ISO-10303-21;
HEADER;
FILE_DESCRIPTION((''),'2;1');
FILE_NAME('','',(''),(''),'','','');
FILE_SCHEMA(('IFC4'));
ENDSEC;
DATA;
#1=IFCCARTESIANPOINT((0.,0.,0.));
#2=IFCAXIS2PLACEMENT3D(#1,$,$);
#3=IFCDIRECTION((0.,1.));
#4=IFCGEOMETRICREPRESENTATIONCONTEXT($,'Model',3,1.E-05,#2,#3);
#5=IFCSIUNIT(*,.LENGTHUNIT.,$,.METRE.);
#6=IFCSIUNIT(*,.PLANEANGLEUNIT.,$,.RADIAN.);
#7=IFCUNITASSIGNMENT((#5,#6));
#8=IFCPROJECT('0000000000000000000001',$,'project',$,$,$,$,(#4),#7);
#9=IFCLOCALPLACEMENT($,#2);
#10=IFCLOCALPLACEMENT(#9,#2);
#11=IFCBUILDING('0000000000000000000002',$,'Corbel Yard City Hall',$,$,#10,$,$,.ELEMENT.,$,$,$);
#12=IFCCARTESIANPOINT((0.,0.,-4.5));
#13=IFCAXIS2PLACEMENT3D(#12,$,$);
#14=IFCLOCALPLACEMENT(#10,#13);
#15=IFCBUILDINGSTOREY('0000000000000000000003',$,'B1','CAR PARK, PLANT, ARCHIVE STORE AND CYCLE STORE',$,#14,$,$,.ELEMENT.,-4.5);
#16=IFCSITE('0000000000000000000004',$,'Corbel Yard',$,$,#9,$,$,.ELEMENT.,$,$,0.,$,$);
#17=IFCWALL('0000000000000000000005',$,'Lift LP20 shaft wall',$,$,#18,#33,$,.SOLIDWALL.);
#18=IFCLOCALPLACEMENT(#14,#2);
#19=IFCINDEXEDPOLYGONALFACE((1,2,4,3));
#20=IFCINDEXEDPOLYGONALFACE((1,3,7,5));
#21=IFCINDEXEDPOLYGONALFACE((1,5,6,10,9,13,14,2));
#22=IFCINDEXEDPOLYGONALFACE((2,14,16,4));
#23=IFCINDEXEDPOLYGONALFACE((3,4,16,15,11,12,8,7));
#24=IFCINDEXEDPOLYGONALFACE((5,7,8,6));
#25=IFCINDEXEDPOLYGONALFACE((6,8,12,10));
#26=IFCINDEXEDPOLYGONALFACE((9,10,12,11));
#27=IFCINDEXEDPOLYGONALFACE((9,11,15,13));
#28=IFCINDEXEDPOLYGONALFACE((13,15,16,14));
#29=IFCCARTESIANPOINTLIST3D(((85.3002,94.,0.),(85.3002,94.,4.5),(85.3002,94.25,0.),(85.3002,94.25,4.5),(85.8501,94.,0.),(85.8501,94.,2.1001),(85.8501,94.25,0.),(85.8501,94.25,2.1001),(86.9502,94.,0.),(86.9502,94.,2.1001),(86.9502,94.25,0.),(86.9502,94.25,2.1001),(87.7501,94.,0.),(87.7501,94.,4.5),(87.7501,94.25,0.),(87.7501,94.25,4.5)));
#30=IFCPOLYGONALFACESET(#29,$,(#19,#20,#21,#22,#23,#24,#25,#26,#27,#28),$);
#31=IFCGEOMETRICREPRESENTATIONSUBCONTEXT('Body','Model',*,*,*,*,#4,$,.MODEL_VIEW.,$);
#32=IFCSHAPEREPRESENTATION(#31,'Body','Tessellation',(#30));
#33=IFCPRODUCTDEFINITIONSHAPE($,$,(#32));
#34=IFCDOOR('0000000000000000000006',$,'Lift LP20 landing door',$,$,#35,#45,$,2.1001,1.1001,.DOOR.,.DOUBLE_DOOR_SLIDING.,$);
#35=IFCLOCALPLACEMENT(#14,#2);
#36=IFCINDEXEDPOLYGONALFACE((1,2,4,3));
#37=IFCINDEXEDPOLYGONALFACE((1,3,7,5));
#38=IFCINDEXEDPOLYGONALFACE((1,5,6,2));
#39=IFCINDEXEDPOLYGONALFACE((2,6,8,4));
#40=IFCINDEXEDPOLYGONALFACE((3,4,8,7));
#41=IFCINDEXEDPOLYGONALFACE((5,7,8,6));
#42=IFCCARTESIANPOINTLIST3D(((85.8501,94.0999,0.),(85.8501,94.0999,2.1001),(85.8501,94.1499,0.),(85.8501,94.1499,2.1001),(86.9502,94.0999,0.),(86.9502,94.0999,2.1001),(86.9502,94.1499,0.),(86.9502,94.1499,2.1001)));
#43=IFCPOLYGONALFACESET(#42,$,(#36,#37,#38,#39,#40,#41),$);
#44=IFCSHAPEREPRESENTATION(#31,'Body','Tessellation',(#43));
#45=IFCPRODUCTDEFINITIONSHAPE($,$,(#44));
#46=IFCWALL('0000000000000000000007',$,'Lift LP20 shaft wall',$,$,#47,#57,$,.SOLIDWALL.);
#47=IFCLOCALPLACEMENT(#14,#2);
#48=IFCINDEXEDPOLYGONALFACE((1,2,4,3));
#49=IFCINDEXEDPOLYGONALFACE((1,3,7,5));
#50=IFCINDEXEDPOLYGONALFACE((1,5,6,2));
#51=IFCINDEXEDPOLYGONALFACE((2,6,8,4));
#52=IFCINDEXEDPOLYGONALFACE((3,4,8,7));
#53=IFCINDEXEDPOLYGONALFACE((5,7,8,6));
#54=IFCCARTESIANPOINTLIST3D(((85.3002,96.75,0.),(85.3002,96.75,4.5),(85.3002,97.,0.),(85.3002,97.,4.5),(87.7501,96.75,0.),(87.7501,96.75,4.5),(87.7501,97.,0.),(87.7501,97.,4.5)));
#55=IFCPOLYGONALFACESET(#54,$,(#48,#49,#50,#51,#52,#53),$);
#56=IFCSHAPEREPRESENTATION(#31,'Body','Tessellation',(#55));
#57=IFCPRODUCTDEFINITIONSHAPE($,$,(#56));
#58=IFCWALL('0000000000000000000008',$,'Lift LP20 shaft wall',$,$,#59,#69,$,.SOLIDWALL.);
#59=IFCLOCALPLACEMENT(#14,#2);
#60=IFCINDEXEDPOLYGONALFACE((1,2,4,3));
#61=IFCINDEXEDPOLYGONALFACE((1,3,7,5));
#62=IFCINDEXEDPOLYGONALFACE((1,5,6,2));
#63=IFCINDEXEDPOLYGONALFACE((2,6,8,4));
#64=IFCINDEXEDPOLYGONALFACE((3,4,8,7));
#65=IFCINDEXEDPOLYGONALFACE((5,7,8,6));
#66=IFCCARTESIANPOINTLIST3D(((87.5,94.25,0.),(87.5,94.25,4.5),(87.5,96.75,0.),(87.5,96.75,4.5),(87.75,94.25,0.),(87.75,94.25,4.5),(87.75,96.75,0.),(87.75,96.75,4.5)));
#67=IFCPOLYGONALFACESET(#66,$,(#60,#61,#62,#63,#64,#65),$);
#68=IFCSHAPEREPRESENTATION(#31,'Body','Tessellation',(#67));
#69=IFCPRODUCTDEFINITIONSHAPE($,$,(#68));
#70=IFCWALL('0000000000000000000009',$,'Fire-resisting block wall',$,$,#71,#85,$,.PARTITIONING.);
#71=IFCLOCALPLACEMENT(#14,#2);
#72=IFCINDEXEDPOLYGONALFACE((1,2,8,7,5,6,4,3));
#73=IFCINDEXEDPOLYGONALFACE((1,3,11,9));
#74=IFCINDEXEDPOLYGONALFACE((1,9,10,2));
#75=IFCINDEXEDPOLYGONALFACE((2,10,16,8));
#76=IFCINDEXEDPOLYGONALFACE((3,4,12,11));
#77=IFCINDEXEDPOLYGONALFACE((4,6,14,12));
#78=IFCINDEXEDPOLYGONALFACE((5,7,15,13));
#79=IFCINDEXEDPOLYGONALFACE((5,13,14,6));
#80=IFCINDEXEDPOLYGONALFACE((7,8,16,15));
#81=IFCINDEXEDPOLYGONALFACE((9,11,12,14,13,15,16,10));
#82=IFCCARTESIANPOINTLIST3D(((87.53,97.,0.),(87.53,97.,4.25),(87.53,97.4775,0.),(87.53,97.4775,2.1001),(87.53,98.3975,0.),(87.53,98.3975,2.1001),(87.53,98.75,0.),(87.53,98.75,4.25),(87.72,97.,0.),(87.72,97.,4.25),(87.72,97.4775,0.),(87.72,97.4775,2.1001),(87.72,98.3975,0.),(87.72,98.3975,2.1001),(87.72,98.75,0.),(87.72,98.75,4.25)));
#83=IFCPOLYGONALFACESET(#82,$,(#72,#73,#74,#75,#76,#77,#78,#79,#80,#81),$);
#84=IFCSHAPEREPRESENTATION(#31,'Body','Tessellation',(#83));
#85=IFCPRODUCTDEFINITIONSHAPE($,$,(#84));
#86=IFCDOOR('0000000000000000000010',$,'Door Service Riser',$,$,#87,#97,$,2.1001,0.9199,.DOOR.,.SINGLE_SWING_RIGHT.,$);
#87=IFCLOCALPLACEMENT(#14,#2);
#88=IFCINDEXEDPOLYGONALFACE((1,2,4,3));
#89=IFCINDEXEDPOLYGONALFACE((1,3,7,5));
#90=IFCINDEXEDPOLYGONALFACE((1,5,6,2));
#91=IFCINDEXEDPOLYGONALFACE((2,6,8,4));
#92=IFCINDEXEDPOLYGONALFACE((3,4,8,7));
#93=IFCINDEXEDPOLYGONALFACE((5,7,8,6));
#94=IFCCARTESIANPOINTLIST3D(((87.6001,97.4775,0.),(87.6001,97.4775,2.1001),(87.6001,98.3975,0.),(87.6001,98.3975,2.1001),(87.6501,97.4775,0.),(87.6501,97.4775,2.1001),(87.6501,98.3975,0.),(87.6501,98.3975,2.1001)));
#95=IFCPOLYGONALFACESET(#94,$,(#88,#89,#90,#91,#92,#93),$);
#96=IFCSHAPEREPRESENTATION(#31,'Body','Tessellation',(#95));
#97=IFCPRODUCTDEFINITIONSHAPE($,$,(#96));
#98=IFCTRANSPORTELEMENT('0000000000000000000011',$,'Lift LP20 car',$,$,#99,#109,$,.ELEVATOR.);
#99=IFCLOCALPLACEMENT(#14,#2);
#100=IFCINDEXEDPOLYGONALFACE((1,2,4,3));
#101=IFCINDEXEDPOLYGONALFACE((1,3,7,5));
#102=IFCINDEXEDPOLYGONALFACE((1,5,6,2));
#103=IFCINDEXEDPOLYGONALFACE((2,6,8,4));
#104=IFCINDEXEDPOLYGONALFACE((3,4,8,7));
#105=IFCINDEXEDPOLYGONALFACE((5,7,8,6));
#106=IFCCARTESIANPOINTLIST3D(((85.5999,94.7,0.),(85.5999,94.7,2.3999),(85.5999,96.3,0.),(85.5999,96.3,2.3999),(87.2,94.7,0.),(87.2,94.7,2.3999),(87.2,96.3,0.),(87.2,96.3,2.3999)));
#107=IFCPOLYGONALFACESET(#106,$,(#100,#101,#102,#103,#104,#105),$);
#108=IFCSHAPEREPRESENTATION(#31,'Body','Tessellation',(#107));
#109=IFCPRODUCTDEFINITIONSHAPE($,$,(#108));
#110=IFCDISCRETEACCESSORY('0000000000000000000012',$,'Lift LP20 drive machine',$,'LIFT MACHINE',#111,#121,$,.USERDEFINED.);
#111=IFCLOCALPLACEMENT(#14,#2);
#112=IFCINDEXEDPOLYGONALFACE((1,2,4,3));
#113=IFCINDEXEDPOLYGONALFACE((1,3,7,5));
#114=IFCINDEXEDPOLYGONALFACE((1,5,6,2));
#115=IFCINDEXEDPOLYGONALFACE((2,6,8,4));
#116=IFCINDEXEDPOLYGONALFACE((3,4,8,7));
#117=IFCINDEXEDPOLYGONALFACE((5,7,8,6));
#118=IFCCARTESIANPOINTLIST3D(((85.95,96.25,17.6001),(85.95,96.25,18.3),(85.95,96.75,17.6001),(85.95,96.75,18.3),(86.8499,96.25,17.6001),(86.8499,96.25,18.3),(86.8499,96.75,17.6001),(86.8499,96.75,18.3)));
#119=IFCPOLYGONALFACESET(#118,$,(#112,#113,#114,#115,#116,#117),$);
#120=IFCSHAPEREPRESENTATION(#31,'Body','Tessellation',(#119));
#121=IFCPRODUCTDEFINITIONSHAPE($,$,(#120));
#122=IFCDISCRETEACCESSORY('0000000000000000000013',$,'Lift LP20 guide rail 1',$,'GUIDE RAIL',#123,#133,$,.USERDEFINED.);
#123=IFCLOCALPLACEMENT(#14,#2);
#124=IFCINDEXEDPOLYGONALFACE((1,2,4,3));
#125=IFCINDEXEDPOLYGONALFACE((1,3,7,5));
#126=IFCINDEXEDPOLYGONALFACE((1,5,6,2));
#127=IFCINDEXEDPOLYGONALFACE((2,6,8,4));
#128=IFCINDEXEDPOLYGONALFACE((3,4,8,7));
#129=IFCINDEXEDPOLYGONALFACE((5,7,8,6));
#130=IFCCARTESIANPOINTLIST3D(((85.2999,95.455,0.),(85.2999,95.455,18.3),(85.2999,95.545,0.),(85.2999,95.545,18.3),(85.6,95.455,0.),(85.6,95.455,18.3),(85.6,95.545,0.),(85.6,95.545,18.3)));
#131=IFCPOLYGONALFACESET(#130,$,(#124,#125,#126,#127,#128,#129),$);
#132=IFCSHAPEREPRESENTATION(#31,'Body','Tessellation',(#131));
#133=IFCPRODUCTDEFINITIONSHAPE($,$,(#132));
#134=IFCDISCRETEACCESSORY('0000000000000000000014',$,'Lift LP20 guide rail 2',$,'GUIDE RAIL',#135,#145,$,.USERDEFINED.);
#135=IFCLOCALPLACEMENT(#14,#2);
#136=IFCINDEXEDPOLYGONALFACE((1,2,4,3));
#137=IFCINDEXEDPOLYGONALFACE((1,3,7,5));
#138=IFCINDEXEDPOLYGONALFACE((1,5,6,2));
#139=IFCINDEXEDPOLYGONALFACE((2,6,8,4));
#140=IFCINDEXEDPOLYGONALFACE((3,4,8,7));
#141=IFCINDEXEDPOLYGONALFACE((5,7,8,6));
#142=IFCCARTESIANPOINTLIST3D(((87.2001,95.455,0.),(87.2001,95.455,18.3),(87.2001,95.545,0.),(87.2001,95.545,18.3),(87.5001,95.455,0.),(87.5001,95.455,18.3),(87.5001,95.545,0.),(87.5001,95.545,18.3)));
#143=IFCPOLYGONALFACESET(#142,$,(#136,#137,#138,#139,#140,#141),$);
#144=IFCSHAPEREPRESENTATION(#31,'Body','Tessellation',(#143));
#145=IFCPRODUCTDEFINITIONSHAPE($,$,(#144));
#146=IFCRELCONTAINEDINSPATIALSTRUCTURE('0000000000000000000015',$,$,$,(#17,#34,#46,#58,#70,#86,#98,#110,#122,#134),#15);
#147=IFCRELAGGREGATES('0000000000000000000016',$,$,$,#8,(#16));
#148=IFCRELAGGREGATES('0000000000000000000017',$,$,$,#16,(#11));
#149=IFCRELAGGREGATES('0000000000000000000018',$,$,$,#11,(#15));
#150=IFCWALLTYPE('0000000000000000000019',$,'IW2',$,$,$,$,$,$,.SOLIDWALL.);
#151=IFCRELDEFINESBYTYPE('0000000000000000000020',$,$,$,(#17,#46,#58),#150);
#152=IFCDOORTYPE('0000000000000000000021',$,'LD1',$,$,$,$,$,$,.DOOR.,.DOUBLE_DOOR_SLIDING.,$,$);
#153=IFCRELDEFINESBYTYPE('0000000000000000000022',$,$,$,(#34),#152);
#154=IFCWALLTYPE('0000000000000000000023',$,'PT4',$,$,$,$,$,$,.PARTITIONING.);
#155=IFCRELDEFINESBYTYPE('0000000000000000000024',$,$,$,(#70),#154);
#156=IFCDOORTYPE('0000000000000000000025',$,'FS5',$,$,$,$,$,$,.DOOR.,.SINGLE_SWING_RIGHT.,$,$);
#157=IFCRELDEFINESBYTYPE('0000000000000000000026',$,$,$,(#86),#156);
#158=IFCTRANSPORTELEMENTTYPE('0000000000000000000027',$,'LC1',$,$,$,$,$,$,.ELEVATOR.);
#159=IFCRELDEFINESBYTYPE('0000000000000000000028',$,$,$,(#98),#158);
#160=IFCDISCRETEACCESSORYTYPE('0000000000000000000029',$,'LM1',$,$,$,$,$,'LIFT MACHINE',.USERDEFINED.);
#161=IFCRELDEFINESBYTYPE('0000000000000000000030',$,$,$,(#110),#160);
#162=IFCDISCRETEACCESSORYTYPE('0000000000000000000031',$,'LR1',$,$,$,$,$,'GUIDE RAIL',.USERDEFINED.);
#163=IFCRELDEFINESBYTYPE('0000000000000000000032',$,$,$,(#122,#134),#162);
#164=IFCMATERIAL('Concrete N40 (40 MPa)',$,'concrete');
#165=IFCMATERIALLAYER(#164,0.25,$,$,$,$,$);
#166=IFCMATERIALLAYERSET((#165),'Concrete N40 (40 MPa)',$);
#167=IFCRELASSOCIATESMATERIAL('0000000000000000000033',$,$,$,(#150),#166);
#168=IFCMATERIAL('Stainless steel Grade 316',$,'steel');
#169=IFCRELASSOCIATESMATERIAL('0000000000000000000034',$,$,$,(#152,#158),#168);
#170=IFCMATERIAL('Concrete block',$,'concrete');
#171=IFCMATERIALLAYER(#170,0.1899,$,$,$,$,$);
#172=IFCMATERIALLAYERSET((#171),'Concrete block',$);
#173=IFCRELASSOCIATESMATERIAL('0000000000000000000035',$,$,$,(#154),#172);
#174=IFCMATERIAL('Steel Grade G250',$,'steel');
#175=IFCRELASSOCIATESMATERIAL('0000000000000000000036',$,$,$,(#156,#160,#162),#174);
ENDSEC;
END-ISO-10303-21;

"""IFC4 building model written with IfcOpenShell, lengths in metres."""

from ifc_helpers import new_model, si_unit, direction, frame, frame_2d, origin, origin_2d, place, context, subcontext, project, spatial, rectangle, extrude, material, layer, layer_set, type_object, element, fill, save


model = new_model("IFC4")

# Units and contexts
model_context = context("Model", 3, precision=1e-05, world=origin(), true_north=direction((0.0, 1.0)))
body_context = subcontext(model_context, "Body", "Model", "MODEL_VIEW")
ifc_project = project(units=[si_unit("LENGTHUNIT", "METRE"), si_unit("PLANEANGLEUNIT", "RADIAN")], contexts=[model_context])

# Site, building, storey
site_placement = place(None, origin())
site = spatial("IfcSite", under=ifc_project, at=site_placement, Name="Corbel Yard", CompositionType="ELEMENT", RefElevation=0.0)
building_placement = place(site_placement, origin())
building = spatial("IfcBuilding", under=site, at=building_placement, Name="Corbel Yard City Hall", CompositionType="ELEMENT")
storey_placement = place(building_placement, frame((0.0, 0.0, -4.5)))
storey = spatial("IfcBuildingStorey", under=building, at=storey_placement, Name="B1", Description="CAR PARK, PLANT, ARCHIVE STORE AND CYCLE STORE", CompositionType="ELEMENT", Elevation=-4.5)

# Shared definitions
ifc_material_1 = material(Name="Concrete N40 (40 MPa)", Category="concrete")

# Wall, opening, door
ifc_layer_1 = layer(ifc_material_1, 0.25)
ifc_layer_set_1 = layer_set([ifc_layer_1], Name="Concrete N40 (40 MPa)")
wall_type_1 = type_object("IfcWallType", Name="IW2", PredefinedType="SOLIDWALL", material=ifc_layer_set_1)
ifc_material_2 = material(Name="Steel Grade G250", Category="steel")
wall_1_placement = place(storey_placement, frame((85.3, 94.125, 0.0), z_axis=(0.0, 0.0, 1.0), x_axis=(1.0, 0.0, 0.0)))
wall_1 = element("IfcWall", 1, at=wall_1_placement, inside=storey, type_object=wall_type_1, Name="Lift LP20 shaft wall", PredefinedType="SOLIDWALL", context=body_context, shape_type="SweptSolid", body=[
    extrude(rectangle(XDim=2.45, YDim=0.25, at=frame_2d((1.2251, 0.0))), origin(), (0.0, 0.0, 1.0), 4.5),
])
opening_1_placement = place(wall_1_placement, frame((0.55, 0.0, 0.0)))
opening_1 = element("IfcOpeningElement", 2, at=opening_1_placement, cuts=wall_1, PredefinedType="OPENING", context=body_context, shape_type="SweptSolid", body=[
    extrude(rectangle(XDim=1.1001, YDim=2.1001, at=frame_2d((0.55, 1.05))), frame((0.0, 0.135, 0.0), z_axis=(0.0, -1.0, 0.0), x_axis=(1.0, 0.0, 0.0)), (0.0, 0.0, 1.0), 0.27),
])
ifc_material_3 = material(Name="Stainless steel Grade 316", Category="steel")
door_type_1 = type_object("IfcDoorType", Name="LD1", OperationType="DOUBLE_DOOR_SLIDING", PredefinedType="DOOR", material=ifc_material_3)
door_1_placement = place(opening_1_placement, origin())
door_1 = element("IfcDoor", 3, at=door_1_placement, inside=storey, type_object=door_type_1, Name="Lift LP20 landing door", OperationType="DOUBLE_DOOR_SLIDING", OverallHeight=2.1001, OverallWidth=1.1001, PredefinedType="DOOR", context=body_context, shape_type="SweptSolid", body=[
    extrude(rectangle(XDim=1.1001, YDim=2.1001, at=frame_2d((0.55, 1.05))), frame((0.0, 0.0249, 0.0), z_axis=(0.0, -1.0, 0.0), x_axis=(1.0, 0.0, 0.0)), (0.0, 0.0, 1.0), 0.05),
])
fill(opening_1, door_1)

# Walls
wall_2_placement = place(storey_placement, frame((85.3, 96.875, 0.0), z_axis=(0.0, 0.0, 1.0), x_axis=(1.0, 0.0, 0.0)))
element("IfcWall", 4, at=wall_2_placement, inside=storey, type_object=wall_type_1, Name="Lift LP20 shaft wall", PredefinedType="SOLIDWALL", context=body_context, shape_type="SweptSolid", body=[
    extrude(rectangle(XDim=2.45, YDim=0.25, at=frame_2d((1.2251, 0.0))), origin(), (0.0, 0.0, 1.0), 4.5),
])
wall_3_placement = place(storey_placement, frame((87.625, 94.25, 0.0), z_axis=(0.0, 0.0, 1.0), x_axis=(0.0, 1.0, 0.0)))
element("IfcWall", 5, at=wall_3_placement, inside=storey, type_object=wall_type_1, Name="Lift LP20 shaft wall", PredefinedType="SOLIDWALL", context=body_context, shape_type="SweptSolid", body=[
    extrude(rectangle(XDim=2.5, YDim=0.25, at=frame_2d((1.25, 0.0))), origin(), (0.0, 0.0, 1.0), 4.5),
])

# Wall, opening, door
ifc_material_4 = material(Name="Concrete block", Category="concrete")
ifc_layer_2 = layer(ifc_material_4, 0.1899)
ifc_layer_set_2 = layer_set([ifc_layer_2], Name="Concrete block")
wall_type_2 = type_object("IfcWallType", Name="PT4", PredefinedType="PARTITIONING", material=ifc_layer_set_2)
wall_4_placement = place(storey_placement, frame((87.625, 97.0, 0.0), z_axis=(0.0, 0.0, 1.0), x_axis=(0.0, 1.0, 0.0)))
wall_4 = element("IfcWall", 6, at=wall_4_placement, inside=storey, type_object=wall_type_2, Name="Fire-resisting block wall", PredefinedType="PARTITIONING", context=body_context, shape_type="SweptSolid", body=[
    extrude(rectangle(XDim=1.75, YDim=0.1899, at=frame_2d((0.875, 0.0))), origin(), (0.0, 0.0, 1.0), 4.25),
])
opening_2_placement = place(wall_4_placement, frame((0.4775, 0.0, 0.0)))
opening_2 = element("IfcOpeningElement", 7, at=opening_2_placement, cuts=wall_4, PredefinedType="OPENING", context=body_context, shape_type="SweptSolid", body=[
    extrude(rectangle(XDim=0.9199, YDim=2.1001, at=frame_2d((0.46, 1.05))), frame((0.0, 0.105, 0.0), z_axis=(0.0, -1.0, 0.0), x_axis=(1.0, 0.0, 0.0)), (0.0, 0.0, 1.0), 0.21),
])
door_type_2 = type_object("IfcDoorType", Name="FS5", OperationType="SINGLE_SWING_RIGHT", PredefinedType="DOOR", material=ifc_material_2)
door_2_placement = place(opening_2_placement, origin())
door_2 = element("IfcDoor", 8, at=door_2_placement, inside=storey, type_object=door_type_2, Name="Door Service Riser", OperationType="SINGLE_SWING_RIGHT", OverallHeight=2.1001, OverallWidth=0.9199, PredefinedType="DOOR", context=body_context, shape_type="SweptSolid", body=[
    extrude(rectangle(XDim=0.9199, YDim=2.1001, at=frame_2d((0.46, 1.05))), frame((0.0, 0.0249, 0.0), z_axis=(0.0, -1.0, 0.0), x_axis=(1.0, 0.0, 0.0)), (0.0, 0.0, 1.0), 0.05),
])
fill(opening_2, door_2)

# Transport element
transport_element_type = type_object("IfcTransportElementType", Name="LC1", PredefinedType="ELEVATOR", material=ifc_material_3)
transport_element_placement = place(storey_placement, frame((86.3999, 95.5, 0.0), z_axis=(0.0, 0.0, 1.0), x_axis=(1.0, 0.0, 0.0)))
element("IfcTransportElement", 9, at=transport_element_placement, inside=storey, type_object=transport_element_type, Name="Lift LP20 car", PredefinedType="ELEVATOR", context=body_context, shape_type="SweptSolid", body=[
    extrude(rectangle(XDim=1.6001, YDim=1.6001, at=origin_2d()), origin(), (0.0, 0.0, 1.0), 2.3999),
])

# Discrete accessories
discrete_accessory_type_1 = type_object("IfcDiscreteAccessoryType", Name="LM1", ElementType="LIFT MACHINE", PredefinedType="USERDEFINED", material=ifc_material_2)
discrete_accessory_placement = place(storey_placement, frame((86.3999, 96.5, 17.6001), z_axis=(0.0, 0.0, 1.0), x_axis=(1.0, 0.0, 0.0)))
element("IfcDiscreteAccessory", 10, at=discrete_accessory_placement, inside=storey, type_object=discrete_accessory_type_1, Name="Lift LP20 drive machine", ObjectType="LIFT MACHINE", PredefinedType="USERDEFINED", context=body_context, shape_type="SweptSolid", body=[
    extrude(rectangle(XDim=0.8999, YDim=0.5, at=origin_2d()), origin(), (0.0, 0.0, 1.0), 0.7),
])
discrete_accessory_type_2 = type_object("IfcDiscreteAccessoryType", Name="LR1", ElementType="GUIDE RAIL", PredefinedType="USERDEFINED", material=ifc_material_2)
for number, where, z_axis, x_axis, name in (
    (11, (85.45, 95.5, 0.0), (0.0, 0.0, 1.0), (1.0, 0.0, 0.0), "Lift LP20 guide rail 1"),
    (12, (87.3501, 95.5, 0.0), (0.0, 0.0, 1.0), (1.0, 0.0, 0.0), "Lift LP20 guide rail 2"),
):
    element("IfcDiscreteAccessory", number, at=place(storey_placement, frame(where, z_axis=z_axis, x_axis=x_axis)), inside=storey, type_object=discrete_accessory_type_2, Name=name, ObjectType="GUIDE RAIL", PredefinedType="USERDEFINED", context=body_context, shape_type="SweptSolid", body=[
        extrude(rectangle(XDim=0.3, YDim=0.0901, at=origin_2d()), origin(), (0.0, 0.0, 1.0), 18.3),
    ])

save(model, "model.ifc")
